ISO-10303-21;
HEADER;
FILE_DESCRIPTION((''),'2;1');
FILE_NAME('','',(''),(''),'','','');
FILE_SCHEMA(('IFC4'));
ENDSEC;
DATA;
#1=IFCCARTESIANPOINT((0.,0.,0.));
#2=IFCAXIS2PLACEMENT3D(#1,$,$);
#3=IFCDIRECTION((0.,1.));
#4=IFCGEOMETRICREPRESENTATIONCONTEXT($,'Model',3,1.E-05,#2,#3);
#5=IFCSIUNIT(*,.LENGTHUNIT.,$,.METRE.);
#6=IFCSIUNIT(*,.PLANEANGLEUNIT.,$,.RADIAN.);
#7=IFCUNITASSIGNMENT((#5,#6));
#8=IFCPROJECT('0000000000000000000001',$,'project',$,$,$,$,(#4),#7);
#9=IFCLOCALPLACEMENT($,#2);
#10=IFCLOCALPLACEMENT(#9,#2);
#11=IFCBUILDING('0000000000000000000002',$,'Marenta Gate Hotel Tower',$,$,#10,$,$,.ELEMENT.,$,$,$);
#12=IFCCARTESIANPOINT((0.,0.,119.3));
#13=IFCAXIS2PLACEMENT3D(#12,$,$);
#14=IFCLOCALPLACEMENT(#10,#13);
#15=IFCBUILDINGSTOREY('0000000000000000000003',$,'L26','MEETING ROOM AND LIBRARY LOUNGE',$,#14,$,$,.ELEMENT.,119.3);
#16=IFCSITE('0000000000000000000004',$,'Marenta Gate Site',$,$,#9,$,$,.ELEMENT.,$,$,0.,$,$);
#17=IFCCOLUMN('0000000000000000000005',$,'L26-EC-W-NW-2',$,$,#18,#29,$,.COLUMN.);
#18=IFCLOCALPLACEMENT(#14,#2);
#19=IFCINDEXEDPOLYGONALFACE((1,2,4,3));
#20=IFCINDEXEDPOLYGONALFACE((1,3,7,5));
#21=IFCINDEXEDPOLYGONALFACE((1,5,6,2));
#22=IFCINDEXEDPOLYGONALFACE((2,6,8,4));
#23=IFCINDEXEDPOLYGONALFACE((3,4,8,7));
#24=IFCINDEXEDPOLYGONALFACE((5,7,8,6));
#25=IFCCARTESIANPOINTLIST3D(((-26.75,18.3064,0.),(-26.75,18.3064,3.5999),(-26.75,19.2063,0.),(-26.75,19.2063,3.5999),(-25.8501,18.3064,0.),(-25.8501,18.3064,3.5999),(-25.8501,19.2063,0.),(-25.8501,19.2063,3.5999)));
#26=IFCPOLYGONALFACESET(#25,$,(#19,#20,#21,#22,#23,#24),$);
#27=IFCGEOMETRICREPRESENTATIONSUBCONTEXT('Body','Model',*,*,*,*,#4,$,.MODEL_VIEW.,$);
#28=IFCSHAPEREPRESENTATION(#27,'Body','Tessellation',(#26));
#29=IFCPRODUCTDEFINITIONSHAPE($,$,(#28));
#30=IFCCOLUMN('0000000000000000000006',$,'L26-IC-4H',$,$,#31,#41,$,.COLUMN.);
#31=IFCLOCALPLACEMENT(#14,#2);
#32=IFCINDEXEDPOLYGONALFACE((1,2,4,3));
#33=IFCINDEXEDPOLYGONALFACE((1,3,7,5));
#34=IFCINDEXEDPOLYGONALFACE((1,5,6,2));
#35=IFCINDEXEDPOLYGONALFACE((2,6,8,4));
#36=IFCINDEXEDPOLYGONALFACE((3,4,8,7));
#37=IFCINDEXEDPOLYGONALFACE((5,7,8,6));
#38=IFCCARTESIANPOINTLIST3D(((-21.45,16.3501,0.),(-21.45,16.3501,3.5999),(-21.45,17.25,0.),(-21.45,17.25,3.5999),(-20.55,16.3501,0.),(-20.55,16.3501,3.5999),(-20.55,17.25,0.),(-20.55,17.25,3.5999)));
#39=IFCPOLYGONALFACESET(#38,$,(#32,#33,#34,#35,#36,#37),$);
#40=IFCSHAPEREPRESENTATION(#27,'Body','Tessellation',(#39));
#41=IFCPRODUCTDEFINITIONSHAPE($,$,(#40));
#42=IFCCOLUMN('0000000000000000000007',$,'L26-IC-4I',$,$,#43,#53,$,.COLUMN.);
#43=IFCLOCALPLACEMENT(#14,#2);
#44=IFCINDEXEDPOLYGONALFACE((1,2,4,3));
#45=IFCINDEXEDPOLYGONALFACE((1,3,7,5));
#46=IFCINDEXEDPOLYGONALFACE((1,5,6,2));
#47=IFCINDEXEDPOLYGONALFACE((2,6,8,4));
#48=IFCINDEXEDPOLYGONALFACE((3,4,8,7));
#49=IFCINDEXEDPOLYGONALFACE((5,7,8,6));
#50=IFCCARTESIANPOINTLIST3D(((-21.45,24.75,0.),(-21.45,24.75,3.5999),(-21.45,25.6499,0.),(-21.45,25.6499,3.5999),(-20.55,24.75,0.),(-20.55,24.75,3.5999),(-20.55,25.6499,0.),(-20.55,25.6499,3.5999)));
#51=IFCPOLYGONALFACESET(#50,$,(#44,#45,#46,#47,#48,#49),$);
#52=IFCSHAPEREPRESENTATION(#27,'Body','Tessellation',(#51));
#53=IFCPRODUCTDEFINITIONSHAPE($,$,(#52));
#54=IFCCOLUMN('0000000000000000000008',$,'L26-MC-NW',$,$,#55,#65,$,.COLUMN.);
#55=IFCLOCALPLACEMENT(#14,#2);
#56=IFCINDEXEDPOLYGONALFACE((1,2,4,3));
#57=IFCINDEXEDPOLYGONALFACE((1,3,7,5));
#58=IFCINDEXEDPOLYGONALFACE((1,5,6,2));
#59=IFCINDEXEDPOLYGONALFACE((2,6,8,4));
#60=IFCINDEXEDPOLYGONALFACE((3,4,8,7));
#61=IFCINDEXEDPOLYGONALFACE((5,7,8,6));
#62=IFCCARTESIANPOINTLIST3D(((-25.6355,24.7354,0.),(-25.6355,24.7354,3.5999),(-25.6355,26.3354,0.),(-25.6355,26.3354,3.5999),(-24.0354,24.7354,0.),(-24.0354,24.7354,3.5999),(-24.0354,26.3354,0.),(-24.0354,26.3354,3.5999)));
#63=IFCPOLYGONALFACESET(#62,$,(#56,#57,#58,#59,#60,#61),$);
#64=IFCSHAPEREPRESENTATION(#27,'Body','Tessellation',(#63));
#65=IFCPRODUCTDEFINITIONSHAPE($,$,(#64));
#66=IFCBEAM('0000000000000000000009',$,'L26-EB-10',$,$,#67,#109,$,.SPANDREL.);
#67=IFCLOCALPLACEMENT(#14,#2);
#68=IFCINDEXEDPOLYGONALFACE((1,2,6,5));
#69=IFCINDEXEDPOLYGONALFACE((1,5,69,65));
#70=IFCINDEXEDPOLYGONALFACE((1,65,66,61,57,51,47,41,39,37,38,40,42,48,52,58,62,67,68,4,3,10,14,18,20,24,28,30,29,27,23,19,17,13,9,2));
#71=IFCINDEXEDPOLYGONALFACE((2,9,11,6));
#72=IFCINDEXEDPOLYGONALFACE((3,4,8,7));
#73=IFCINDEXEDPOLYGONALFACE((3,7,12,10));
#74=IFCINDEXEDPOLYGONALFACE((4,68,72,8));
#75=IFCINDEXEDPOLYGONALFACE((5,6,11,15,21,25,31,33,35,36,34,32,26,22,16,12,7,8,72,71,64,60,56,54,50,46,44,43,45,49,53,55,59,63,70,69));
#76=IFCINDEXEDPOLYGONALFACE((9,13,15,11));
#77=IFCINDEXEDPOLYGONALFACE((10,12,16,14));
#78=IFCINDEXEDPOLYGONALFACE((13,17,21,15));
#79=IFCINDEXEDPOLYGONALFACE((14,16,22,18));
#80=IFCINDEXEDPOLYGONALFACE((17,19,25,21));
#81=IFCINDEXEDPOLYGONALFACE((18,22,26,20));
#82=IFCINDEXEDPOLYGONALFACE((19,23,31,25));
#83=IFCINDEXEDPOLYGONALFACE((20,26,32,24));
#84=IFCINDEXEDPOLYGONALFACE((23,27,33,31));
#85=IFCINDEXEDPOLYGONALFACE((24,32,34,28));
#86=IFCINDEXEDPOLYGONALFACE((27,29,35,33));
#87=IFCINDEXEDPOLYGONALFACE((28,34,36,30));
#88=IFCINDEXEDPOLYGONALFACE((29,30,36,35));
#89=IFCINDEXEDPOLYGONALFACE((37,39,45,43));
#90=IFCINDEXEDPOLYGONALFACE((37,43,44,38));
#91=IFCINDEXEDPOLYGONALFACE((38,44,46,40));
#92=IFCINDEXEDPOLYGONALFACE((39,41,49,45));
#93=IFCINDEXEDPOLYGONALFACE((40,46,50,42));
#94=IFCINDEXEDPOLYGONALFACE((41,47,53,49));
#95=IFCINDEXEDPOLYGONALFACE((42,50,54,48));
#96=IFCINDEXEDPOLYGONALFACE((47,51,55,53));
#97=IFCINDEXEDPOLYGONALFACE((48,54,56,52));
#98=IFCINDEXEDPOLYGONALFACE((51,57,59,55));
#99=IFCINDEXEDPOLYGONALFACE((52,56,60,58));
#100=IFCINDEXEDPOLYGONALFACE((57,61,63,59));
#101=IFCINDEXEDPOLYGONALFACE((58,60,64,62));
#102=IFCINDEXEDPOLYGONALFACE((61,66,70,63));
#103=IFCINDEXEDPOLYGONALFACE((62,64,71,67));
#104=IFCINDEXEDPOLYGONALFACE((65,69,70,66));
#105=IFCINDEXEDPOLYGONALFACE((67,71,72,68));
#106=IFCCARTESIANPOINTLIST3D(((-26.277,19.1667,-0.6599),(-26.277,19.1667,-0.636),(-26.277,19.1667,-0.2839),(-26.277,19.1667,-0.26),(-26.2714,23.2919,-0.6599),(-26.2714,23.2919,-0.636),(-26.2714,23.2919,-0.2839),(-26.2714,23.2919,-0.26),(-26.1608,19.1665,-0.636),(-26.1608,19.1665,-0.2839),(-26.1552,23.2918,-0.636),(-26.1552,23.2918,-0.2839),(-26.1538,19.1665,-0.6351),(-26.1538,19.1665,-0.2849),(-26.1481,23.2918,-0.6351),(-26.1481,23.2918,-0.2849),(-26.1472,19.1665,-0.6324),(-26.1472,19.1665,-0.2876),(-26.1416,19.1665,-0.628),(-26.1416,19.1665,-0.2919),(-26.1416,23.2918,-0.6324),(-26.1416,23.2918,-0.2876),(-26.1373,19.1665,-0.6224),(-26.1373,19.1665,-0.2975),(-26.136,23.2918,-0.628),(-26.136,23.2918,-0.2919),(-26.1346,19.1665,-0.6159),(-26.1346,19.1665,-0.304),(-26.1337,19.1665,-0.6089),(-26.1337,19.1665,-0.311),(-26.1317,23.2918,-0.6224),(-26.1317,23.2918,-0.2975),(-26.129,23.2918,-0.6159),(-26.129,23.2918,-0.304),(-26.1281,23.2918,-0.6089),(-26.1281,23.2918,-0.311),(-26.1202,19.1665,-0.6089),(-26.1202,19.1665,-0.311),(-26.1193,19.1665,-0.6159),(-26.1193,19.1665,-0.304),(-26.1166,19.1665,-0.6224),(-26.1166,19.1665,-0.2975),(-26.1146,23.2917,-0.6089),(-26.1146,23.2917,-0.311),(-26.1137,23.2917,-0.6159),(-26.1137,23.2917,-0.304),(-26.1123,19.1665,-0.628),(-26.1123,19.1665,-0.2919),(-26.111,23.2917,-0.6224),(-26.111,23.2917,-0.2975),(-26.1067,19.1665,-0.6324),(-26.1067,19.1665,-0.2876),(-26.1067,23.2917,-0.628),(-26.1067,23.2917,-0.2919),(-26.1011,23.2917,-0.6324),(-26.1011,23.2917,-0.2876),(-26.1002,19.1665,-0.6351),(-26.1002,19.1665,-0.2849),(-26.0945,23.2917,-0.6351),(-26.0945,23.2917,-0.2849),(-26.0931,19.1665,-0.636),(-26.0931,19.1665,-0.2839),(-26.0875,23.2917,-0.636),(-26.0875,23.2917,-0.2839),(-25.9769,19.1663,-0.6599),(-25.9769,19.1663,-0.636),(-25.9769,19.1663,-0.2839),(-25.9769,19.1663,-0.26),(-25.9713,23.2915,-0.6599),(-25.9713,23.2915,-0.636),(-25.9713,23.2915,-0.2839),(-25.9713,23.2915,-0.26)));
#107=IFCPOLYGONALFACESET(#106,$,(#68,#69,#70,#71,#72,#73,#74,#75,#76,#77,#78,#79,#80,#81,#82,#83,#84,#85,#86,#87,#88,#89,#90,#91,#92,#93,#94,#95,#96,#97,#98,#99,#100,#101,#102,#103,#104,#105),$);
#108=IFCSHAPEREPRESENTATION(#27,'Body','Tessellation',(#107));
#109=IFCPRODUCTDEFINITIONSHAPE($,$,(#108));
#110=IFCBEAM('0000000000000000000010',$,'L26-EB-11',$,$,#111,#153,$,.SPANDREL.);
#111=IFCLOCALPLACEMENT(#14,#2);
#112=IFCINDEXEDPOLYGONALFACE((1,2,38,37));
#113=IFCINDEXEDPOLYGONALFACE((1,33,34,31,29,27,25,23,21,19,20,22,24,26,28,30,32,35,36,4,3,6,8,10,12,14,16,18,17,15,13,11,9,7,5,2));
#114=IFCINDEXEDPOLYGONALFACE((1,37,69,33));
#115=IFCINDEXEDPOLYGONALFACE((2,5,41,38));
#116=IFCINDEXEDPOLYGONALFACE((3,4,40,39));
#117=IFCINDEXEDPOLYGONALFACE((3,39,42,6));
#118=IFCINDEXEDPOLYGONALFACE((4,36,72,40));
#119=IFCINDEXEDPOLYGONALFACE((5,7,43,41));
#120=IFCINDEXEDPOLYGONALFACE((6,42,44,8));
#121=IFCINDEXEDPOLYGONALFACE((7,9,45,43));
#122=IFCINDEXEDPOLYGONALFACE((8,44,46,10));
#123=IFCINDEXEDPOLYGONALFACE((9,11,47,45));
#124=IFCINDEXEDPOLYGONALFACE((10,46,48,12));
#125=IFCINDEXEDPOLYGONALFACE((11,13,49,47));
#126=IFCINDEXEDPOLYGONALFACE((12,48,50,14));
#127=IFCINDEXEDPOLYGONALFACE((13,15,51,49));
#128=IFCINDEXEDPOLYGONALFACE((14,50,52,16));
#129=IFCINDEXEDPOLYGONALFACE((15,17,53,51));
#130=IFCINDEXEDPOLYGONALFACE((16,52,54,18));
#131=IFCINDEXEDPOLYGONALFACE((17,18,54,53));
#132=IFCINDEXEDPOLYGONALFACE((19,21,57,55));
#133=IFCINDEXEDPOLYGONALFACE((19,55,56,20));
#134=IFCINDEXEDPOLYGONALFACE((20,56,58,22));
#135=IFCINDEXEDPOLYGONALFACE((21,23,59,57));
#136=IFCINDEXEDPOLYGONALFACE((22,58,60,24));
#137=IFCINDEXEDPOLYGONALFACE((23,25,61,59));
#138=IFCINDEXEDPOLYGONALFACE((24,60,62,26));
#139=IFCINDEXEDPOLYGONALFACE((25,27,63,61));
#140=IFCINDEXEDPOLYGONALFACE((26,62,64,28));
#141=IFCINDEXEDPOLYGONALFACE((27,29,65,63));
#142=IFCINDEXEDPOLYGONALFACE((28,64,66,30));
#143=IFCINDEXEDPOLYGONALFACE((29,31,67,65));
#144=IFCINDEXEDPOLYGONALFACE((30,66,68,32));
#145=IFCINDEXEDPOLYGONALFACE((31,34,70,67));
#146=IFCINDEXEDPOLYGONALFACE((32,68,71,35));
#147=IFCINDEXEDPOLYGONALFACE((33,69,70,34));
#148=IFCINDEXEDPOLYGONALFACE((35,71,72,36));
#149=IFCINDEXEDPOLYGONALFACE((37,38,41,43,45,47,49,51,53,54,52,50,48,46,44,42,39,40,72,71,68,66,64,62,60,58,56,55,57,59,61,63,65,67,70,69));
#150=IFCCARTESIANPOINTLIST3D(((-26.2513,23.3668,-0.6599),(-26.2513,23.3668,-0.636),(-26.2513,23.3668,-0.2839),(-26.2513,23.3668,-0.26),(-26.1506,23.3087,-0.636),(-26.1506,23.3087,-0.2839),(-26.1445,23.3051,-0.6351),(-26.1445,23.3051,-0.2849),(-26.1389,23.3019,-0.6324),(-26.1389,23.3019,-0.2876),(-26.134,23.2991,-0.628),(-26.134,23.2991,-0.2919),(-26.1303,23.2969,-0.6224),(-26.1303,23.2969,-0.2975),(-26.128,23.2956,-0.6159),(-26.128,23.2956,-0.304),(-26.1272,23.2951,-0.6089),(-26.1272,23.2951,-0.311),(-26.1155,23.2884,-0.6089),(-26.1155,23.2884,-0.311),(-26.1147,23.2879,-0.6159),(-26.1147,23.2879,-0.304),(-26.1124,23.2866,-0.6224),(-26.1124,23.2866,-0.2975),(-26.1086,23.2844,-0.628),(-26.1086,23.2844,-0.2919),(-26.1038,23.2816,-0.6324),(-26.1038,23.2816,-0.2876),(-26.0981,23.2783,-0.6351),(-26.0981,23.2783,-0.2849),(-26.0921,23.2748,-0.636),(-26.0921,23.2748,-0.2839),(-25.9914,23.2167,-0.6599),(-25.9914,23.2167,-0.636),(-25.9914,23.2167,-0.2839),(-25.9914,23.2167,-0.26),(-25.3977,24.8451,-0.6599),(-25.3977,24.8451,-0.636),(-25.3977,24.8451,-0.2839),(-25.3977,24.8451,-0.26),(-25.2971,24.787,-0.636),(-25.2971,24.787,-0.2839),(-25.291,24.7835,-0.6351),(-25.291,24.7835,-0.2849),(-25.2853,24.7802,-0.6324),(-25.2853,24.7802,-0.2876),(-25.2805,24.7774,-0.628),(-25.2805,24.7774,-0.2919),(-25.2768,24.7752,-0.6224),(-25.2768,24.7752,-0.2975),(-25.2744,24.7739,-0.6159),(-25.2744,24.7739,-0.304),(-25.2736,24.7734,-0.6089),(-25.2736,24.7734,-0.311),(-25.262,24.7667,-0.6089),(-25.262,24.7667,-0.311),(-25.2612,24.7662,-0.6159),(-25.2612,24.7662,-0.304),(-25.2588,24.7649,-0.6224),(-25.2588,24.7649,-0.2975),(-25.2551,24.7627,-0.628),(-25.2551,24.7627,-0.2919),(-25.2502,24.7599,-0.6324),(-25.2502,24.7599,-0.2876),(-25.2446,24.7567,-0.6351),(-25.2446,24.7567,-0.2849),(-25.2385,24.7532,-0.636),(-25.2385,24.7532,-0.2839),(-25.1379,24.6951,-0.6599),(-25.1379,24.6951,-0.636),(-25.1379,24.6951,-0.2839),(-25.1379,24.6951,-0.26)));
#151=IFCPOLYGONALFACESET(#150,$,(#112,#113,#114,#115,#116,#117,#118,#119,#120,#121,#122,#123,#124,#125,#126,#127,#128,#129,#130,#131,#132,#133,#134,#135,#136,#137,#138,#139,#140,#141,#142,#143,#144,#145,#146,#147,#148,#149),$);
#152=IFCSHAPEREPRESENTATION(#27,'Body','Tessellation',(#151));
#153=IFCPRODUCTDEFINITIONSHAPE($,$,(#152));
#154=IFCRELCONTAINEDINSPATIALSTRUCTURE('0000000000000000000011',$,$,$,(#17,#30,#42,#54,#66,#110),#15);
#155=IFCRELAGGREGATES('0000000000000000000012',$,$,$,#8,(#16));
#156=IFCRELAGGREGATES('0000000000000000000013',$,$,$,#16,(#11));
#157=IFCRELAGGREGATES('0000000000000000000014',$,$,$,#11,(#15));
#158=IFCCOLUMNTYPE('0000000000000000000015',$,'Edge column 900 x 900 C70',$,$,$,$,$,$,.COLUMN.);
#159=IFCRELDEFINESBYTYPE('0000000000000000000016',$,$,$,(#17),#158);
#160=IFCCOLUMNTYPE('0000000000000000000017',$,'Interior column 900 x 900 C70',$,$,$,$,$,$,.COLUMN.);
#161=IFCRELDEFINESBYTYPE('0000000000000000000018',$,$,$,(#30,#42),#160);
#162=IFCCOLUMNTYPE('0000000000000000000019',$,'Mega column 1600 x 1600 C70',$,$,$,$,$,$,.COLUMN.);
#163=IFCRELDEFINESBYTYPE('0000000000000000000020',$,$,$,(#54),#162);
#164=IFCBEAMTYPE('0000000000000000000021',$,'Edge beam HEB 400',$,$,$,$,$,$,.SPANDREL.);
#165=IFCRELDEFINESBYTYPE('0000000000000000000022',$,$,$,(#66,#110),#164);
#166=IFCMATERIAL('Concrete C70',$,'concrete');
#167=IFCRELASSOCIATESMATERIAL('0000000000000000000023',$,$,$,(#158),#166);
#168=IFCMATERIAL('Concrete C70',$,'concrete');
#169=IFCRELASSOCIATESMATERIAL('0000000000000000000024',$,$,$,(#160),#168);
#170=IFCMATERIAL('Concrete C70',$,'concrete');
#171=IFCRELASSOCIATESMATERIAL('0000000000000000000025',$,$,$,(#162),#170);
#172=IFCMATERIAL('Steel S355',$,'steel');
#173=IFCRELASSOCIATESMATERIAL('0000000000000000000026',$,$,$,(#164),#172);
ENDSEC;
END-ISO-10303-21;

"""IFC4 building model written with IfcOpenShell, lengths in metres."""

from ifc_helpers import new_model, si_unit, direction, frame, origin, origin_2d, place, context, subcontext, project, spatial, rectangle, i_section, extrude, material, material_profile, profile_set, type_object, element, save


model = new_model("IFC4")

# Units and contexts
model_context = context("Model", 3, precision=1e-05, world=origin(), true_north=direction((0.0, 1.0)))
body_context = subcontext(model_context, "Body", "Model", "MODEL_VIEW")
ifc_project = project(units=[si_unit("LENGTHUNIT", "METRE"), si_unit("PLANEANGLEUNIT", "RADIAN")], contexts=[model_context])

# Site, building, storey
site_placement = place(None, origin())
site = spatial("IfcSite", under=ifc_project, at=site_placement, Name="Marenta Gate Site", CompositionType="ELEMENT", RefElevation=0.0)
building_placement = place(site_placement, origin())
building = spatial("IfcBuilding", under=site, at=building_placement, Name="Marenta Gate Hotel Tower", CompositionType="ELEMENT")
storey_placement = place(building_placement, frame((0.0, 0.0, 119.3)))
storey = spatial("IfcBuildingStorey", under=building, at=storey_placement, Name="L26", Description="MEETING ROOM AND LIBRARY LOUNGE", CompositionType="ELEMENT", Elevation=119.3)

# Columns
ifc_material_1 = material(Name="Concrete C70", Category="concrete")
ifc_material_profile_1 = material_profile(ifc_material_1, rectangle(XDim=0.8999, YDim=0.8999, at=origin_2d()), Name="900 x 900")
ifc_profile_set_1 = profile_set([ifc_material_profile_1], Name="Concrete C70")
column_type_1 = type_object("IfcColumnType", Name="Edge column 900 x 900 C70", PredefinedType="COLUMN", material=ifc_profile_set_1)
column_1_placement = place(storey_placement, frame((-26.3, 18.7563, 0.0), z_axis=(0.0, 0.0, 1.0), x_axis=(1.0, 0.0, 0.0)))
element("IfcColumn", 1, at=column_1_placement, inside=storey, type_object=column_type_1, Name="L26-EC-W-NW-2", PredefinedType="COLUMN", context=body_context, shape_type="SweptSolid", body=[
    extrude(rectangle(XDim=0.8999, YDim=0.8999, at=origin_2d()), origin(), (0.0, 0.0, 1.0), 3.5999),
])
ifc_material_2 = material(Name="Concrete C70", Category="concrete")
ifc_material_profile_2 = material_profile(ifc_material_2, rectangle(XDim=0.8999, YDim=0.8999, at=origin_2d()), Name="900 x 900")
ifc_profile_set_2 = profile_set([ifc_material_profile_2], Name="Concrete C70")
column_type_2 = type_object("IfcColumnType", Name="Interior column 900 x 900 C70", PredefinedType="COLUMN", material=ifc_profile_set_2)
for number, where, z_axis, x_axis, name in (
    (2, (-21.0, 16.8, 0.0), (0.0, 0.0, 1.0), (1.0, 0.0, 0.0), "L26-IC-4H"),
    (3, (-21.0, 25.2, 0.0), (0.0, 0.0, 1.0), (1.0, 0.0, 0.0), "L26-IC-4I"),
):
    element("IfcColumn", number, at=place(storey_placement, frame(where, z_axis=z_axis, x_axis=x_axis)), inside=storey, type_object=column_type_2, Name=name, PredefinedType="COLUMN", context=body_context, shape_type="SweptSolid", body=[
        extrude(rectangle(XDim=0.8999, YDim=0.8999, at=origin_2d()), origin(), (0.0, 0.0, 1.0), 3.5999),
    ])
ifc_material_3 = material(Name="Concrete C70", Category="concrete")
ifc_material_profile_3 = material_profile(ifc_material_3, rectangle(XDim=1.6001, YDim=1.6001, at=origin_2d()), Name="1600 x 1600")
ifc_profile_set_3 = profile_set([ifc_material_profile_3], Name="Concrete C70")
column_type_3 = type_object("IfcColumnType", Name="Mega column 1600 x 1600 C70", PredefinedType="COLUMN", material=ifc_profile_set_3)
column_2_placement = place(storey_placement, frame((-24.8354, 25.5354, 0.0), z_axis=(0.0, 0.0, 1.0), x_axis=(1.0, 0.0, 0.0)))
element("IfcColumn", 4, at=column_2_placement, inside=storey, type_object=column_type_3, Name="L26-MC-NW", PredefinedType="COLUMN", context=body_context, shape_type="SweptSolid", body=[
    extrude(rectangle(XDim=1.6001, YDim=1.6001, at=origin_2d()), origin(), (0.0, 0.0, 1.0), 3.5999),
])

# Beams
ifc_material_4 = material(Name="Steel S355", Category="steel")
ifc_material_profile_4 = material_profile(ifc_material_4, i_section(OverallWidth=0.3, OverallDepth=0.3999, WebThickness=0.0134, FlangeThickness=0.0239, FilletRadius=0.0271, at=origin_2d()), Name="HEB 400")
ifc_profile_set_4 = profile_set([ifc_material_profile_4], Name="Steel S355")
beam_type_1 = type_object("IfcBeamType", Name="Edge beam HEB 400", PredefinedType="SPANDREL", material=ifc_profile_set_4)
beam_1_placement = place(storey_placement, frame((-26.127, 19.1665, -0.46), z_axis=(0.001361, 0.999999, 0.0), x_axis=(-0.999999, 0.001361, 0.0)))
element("IfcBeam", 5, at=beam_1_placement, inside=storey, type_object=beam_type_1, Name="L26-EB-10", PredefinedType="SPANDREL", context=body_context, shape_type="SweptSolid", body=[
    extrude(i_section(OverallWidth=0.3, OverallDepth=0.3999, WebThickness=0.0134, FlangeThickness=0.0239, FilletRadius=0.0271, at=origin_2d()), origin(), (0.0, 0.0, 1.0), 4.1252),
])
beam_2_placement = place(storey_placement, frame((-26.1213, 23.2917, -0.46), z_axis=(0.500015, 0.866016, 0.0), x_axis=(-0.866016, 0.500015, 0.0)))
element("IfcBeam", 6, at=beam_2_placement, inside=storey, type_object=beam_type_1, Name="L26-EB-11", PredefinedType="SPANDREL", context=body_context, shape_type="SweptSolid", body=[
    extrude(i_section(OverallWidth=0.3, OverallDepth=0.3999, WebThickness=0.0134, FlangeThickness=0.0239, FilletRadius=0.0271, at=origin_2d()), origin(), (0.0, 0.0, 1.0), 1.707),
])

save(model, "model.ifc")
